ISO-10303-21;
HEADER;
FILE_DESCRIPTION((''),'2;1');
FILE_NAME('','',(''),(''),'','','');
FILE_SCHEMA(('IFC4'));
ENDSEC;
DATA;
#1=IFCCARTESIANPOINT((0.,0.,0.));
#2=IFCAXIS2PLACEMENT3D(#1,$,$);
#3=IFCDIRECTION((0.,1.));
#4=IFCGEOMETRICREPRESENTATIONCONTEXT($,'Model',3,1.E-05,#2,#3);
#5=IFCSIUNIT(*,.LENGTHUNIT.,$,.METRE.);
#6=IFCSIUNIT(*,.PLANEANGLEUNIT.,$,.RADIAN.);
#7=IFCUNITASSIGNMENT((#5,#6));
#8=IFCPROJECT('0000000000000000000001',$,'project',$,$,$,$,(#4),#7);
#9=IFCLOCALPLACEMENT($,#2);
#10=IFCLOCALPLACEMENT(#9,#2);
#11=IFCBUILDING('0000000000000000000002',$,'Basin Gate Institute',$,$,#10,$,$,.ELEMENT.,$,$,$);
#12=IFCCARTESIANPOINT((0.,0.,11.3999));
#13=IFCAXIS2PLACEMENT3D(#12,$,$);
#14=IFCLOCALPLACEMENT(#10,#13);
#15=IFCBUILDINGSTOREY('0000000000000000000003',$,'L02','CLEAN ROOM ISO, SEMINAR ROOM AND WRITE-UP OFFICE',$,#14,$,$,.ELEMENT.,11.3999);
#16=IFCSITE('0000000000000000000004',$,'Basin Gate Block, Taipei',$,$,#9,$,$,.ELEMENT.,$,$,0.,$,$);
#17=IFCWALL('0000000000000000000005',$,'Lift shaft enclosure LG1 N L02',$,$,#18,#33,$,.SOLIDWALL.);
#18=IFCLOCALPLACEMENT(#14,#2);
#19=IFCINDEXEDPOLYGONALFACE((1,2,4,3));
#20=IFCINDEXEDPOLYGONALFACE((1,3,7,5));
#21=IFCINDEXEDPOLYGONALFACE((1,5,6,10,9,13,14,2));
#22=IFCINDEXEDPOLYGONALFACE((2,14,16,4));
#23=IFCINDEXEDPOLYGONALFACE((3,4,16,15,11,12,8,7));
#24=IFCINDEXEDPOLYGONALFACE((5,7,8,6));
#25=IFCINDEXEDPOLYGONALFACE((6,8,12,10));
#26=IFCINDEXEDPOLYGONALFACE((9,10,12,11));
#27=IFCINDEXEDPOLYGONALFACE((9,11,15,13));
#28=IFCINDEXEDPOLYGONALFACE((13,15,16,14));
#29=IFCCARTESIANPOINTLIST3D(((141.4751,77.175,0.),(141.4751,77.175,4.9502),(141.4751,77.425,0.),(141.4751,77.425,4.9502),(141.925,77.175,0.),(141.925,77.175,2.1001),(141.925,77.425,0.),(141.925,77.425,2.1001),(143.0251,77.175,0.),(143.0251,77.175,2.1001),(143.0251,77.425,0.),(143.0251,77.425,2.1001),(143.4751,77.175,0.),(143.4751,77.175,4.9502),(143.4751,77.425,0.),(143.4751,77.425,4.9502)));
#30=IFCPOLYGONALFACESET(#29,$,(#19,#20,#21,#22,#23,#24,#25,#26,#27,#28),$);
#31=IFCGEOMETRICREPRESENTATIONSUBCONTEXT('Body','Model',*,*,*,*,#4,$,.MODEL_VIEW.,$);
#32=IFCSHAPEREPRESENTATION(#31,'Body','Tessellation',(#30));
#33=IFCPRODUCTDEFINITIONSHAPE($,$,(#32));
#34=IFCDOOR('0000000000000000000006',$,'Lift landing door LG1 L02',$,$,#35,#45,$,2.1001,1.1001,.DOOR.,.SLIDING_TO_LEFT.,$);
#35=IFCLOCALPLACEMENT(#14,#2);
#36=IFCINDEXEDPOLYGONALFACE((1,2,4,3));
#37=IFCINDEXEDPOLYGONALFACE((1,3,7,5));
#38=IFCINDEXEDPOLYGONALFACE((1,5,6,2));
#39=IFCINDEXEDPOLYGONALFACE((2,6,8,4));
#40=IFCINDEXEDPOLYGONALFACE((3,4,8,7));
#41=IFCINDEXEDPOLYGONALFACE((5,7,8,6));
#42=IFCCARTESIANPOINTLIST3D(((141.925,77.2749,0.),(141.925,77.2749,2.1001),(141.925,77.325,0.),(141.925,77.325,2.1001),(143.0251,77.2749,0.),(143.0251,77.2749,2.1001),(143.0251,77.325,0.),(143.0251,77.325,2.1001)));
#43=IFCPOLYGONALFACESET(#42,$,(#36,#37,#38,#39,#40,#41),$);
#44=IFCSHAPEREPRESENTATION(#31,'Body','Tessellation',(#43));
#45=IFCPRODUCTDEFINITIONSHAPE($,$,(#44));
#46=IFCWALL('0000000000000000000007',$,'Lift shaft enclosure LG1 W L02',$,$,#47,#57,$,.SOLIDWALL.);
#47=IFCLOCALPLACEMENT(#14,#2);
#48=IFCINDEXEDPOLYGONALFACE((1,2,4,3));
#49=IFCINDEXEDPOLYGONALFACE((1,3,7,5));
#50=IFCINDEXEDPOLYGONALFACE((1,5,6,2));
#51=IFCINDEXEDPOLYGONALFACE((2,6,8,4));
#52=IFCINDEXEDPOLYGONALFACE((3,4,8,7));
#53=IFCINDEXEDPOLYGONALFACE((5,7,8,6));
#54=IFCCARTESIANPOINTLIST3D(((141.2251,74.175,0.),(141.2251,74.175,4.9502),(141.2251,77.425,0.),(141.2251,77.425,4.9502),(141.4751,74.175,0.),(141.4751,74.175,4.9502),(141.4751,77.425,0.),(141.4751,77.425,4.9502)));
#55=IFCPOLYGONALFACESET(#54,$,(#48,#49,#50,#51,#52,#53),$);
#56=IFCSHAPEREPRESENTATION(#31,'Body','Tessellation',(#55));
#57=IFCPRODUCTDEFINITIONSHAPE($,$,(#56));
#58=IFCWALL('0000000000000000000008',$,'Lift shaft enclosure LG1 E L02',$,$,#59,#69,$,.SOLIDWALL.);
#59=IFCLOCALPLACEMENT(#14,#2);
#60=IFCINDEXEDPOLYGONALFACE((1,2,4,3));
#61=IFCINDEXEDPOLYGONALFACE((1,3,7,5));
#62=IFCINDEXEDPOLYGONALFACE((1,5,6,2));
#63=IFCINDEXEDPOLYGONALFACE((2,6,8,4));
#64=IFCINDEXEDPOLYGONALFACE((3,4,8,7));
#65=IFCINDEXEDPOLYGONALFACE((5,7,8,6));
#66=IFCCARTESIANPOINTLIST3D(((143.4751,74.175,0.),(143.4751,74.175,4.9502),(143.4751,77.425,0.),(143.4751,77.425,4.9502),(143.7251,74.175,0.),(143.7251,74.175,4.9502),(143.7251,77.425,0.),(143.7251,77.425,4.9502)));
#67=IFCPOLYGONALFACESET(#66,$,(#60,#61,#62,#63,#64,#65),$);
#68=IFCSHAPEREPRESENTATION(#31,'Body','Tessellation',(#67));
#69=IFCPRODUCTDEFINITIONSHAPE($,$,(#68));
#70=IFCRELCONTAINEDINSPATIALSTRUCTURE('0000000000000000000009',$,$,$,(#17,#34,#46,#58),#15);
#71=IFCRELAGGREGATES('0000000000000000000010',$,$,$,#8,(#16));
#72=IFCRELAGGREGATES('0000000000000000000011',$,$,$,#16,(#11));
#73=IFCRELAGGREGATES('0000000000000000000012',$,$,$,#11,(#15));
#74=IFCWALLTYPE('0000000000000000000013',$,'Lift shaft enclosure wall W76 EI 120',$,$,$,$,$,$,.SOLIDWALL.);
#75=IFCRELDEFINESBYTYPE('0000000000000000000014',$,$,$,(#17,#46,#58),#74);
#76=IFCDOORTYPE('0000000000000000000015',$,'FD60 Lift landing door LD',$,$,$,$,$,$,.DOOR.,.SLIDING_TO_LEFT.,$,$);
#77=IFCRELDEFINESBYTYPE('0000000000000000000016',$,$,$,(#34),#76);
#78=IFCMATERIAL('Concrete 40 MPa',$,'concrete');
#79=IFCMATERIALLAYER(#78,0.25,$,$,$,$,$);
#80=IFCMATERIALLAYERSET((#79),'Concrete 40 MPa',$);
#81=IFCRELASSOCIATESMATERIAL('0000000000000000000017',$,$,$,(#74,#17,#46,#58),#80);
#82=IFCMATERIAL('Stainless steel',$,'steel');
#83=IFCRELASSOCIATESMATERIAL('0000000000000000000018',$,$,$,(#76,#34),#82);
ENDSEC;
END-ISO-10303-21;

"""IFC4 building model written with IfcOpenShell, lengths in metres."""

from ifc_helpers import new_model, si_unit, direction, frame, frame_2d, origin, place, context, subcontext, project, spatial, rectangle, extrude, material, layer, layer_set, type_object, element, fill, save


model = new_model("IFC4")

# Units and contexts
model_context = context("Model", 3, precision=1e-05, world=origin(), true_north=direction((0.0, 1.0)))
body_context = subcontext(model_context, "Body", "Model", "MODEL_VIEW")
ifc_project = project(units=[si_unit("LENGTHUNIT", "METRE"), si_unit("PLANEANGLEUNIT", "RADIAN")], contexts=[model_context])

# Site, building, storey
site_placement = place(None, origin())
site = spatial("IfcSite", under=ifc_project, at=site_placement, Name="Basin Gate Block, Taipei", CompositionType="ELEMENT", RefElevation=0.0)
building_placement = place(site_placement, origin())
building = spatial("IfcBuilding", under=site, at=building_placement, Name="Basin Gate Institute", CompositionType="ELEMENT")
storey_placement = place(building_placement, frame((0.0, 0.0, 11.3999)))
storey = spatial("IfcBuildingStorey", under=building, at=storey_placement, Name="L02", Description="CLEAN ROOM ISO, SEMINAR ROOM AND WRITE-UP OFFICE", CompositionType="ELEMENT", Elevation=11.3999)

# Shared definitions
ifc_material_1 = material(Name="Concrete 40 MPa", Category="concrete")
ifc_layer_1 = layer(ifc_material_1, 0.25)
ifc_layer_set_1 = layer_set([ifc_layer_1], Name="Concrete 40 MPa")
wall_type_1 = type_object("IfcWallType", Name="Lift shaft enclosure wall W76 EI 120", PredefinedType="SOLIDWALL", material=ifc_layer_set_1)

# Wall, opening, door
wall_1_placement = place(storey_placement, frame((141.4751, 77.3, 0.0), z_axis=(0.0, 0.0, 1.0), x_axis=(1.0, 0.0, 0.0)))
wall_1 = element("IfcWall", 1, at=wall_1_placement, inside=storey, type_object=wall_type_1, material=ifc_layer_set_1, Name="Lift shaft enclosure LG1 N L02", PredefinedType="SOLIDWALL", context=body_context, shape_type="SweptSolid", body=[
    extrude(rectangle(XDim=2.0, YDim=0.25, at=frame_2d((1.0, 0.0))), origin(), (0.0, 0.0, 1.0), 4.9502),
])
opening_1_placement = place(wall_1_placement, frame((0.45, 0.0, 0.0)))
opening_1 = element("IfcOpeningElement", 2, at=opening_1_placement, cuts=wall_1, PredefinedType="OPENING", context=body_context, shape_type="SweptSolid", body=[
    extrude(rectangle(XDim=1.1001, YDim=2.1001, at=frame_2d((0.55, 1.05))), frame((0.0, 0.135, 0.0), z_axis=(0.0, -1.0, 0.0), x_axis=(1.0, 0.0, 0.0)), (0.0, 0.0, 1.0), 0.27),
])
ifc_material_2 = material(Name="Stainless steel", Category="steel")
door_type_1 = type_object("IfcDoorType", Name="FD60 Lift landing door LD", OperationType="SLIDING_TO_LEFT", PredefinedType="DOOR", material=ifc_material_2)
door_1_placement = place(opening_1_placement, origin())
door_1 = element("IfcDoor", 3, at=door_1_placement, inside=storey, type_object=door_type_1, material=ifc_material_2, Name="Lift landing door LG1 L02", OperationType="SLIDING_TO_LEFT", OverallHeight=2.1001, OverallWidth=1.1001, PredefinedType="DOOR", context=body_context, shape_type="SweptSolid", body=[
    extrude(rectangle(XDim=1.1001, YDim=2.1001, at=frame_2d((0.55, 1.05))), frame((0.0, 0.0249, 0.0), z_axis=(0.0, -1.0, 0.0), x_axis=(1.0, 0.0, 0.0)), (0.0, 0.0, 1.0), 0.05),
])
fill(opening_1, door_1)

# Walls
for number, where, z_axis, x_axis, name in (
    (4, (141.3501, 74.175, 0.0), (0.0, 0.0, 1.0), (0.0, 1.0, 0.0), "Lift shaft enclosure LG1 W L02"),
    (5, (143.6001, 74.175, 0.0), (0.0, 0.0, 1.0), (0.0, 1.0, 0.0), "Lift shaft enclosure LG1 E L02"),
):
    element("IfcWall", number, at=place(storey_placement, frame(where, z_axis=z_axis, x_axis=x_axis)), inside=storey, type_object=wall_type_1, material=ifc_layer_set_1, Name=name, PredefinedType="SOLIDWALL", context=body_context, shape_type="SweptSolid", body=[
        extrude(rectangle(XDim=3.25, YDim=0.25, at=frame_2d((1.625, 0.0))), origin(), (0.0, 0.0, 1.0), 4.9502),
    ])

save(model, "model.ifc")
